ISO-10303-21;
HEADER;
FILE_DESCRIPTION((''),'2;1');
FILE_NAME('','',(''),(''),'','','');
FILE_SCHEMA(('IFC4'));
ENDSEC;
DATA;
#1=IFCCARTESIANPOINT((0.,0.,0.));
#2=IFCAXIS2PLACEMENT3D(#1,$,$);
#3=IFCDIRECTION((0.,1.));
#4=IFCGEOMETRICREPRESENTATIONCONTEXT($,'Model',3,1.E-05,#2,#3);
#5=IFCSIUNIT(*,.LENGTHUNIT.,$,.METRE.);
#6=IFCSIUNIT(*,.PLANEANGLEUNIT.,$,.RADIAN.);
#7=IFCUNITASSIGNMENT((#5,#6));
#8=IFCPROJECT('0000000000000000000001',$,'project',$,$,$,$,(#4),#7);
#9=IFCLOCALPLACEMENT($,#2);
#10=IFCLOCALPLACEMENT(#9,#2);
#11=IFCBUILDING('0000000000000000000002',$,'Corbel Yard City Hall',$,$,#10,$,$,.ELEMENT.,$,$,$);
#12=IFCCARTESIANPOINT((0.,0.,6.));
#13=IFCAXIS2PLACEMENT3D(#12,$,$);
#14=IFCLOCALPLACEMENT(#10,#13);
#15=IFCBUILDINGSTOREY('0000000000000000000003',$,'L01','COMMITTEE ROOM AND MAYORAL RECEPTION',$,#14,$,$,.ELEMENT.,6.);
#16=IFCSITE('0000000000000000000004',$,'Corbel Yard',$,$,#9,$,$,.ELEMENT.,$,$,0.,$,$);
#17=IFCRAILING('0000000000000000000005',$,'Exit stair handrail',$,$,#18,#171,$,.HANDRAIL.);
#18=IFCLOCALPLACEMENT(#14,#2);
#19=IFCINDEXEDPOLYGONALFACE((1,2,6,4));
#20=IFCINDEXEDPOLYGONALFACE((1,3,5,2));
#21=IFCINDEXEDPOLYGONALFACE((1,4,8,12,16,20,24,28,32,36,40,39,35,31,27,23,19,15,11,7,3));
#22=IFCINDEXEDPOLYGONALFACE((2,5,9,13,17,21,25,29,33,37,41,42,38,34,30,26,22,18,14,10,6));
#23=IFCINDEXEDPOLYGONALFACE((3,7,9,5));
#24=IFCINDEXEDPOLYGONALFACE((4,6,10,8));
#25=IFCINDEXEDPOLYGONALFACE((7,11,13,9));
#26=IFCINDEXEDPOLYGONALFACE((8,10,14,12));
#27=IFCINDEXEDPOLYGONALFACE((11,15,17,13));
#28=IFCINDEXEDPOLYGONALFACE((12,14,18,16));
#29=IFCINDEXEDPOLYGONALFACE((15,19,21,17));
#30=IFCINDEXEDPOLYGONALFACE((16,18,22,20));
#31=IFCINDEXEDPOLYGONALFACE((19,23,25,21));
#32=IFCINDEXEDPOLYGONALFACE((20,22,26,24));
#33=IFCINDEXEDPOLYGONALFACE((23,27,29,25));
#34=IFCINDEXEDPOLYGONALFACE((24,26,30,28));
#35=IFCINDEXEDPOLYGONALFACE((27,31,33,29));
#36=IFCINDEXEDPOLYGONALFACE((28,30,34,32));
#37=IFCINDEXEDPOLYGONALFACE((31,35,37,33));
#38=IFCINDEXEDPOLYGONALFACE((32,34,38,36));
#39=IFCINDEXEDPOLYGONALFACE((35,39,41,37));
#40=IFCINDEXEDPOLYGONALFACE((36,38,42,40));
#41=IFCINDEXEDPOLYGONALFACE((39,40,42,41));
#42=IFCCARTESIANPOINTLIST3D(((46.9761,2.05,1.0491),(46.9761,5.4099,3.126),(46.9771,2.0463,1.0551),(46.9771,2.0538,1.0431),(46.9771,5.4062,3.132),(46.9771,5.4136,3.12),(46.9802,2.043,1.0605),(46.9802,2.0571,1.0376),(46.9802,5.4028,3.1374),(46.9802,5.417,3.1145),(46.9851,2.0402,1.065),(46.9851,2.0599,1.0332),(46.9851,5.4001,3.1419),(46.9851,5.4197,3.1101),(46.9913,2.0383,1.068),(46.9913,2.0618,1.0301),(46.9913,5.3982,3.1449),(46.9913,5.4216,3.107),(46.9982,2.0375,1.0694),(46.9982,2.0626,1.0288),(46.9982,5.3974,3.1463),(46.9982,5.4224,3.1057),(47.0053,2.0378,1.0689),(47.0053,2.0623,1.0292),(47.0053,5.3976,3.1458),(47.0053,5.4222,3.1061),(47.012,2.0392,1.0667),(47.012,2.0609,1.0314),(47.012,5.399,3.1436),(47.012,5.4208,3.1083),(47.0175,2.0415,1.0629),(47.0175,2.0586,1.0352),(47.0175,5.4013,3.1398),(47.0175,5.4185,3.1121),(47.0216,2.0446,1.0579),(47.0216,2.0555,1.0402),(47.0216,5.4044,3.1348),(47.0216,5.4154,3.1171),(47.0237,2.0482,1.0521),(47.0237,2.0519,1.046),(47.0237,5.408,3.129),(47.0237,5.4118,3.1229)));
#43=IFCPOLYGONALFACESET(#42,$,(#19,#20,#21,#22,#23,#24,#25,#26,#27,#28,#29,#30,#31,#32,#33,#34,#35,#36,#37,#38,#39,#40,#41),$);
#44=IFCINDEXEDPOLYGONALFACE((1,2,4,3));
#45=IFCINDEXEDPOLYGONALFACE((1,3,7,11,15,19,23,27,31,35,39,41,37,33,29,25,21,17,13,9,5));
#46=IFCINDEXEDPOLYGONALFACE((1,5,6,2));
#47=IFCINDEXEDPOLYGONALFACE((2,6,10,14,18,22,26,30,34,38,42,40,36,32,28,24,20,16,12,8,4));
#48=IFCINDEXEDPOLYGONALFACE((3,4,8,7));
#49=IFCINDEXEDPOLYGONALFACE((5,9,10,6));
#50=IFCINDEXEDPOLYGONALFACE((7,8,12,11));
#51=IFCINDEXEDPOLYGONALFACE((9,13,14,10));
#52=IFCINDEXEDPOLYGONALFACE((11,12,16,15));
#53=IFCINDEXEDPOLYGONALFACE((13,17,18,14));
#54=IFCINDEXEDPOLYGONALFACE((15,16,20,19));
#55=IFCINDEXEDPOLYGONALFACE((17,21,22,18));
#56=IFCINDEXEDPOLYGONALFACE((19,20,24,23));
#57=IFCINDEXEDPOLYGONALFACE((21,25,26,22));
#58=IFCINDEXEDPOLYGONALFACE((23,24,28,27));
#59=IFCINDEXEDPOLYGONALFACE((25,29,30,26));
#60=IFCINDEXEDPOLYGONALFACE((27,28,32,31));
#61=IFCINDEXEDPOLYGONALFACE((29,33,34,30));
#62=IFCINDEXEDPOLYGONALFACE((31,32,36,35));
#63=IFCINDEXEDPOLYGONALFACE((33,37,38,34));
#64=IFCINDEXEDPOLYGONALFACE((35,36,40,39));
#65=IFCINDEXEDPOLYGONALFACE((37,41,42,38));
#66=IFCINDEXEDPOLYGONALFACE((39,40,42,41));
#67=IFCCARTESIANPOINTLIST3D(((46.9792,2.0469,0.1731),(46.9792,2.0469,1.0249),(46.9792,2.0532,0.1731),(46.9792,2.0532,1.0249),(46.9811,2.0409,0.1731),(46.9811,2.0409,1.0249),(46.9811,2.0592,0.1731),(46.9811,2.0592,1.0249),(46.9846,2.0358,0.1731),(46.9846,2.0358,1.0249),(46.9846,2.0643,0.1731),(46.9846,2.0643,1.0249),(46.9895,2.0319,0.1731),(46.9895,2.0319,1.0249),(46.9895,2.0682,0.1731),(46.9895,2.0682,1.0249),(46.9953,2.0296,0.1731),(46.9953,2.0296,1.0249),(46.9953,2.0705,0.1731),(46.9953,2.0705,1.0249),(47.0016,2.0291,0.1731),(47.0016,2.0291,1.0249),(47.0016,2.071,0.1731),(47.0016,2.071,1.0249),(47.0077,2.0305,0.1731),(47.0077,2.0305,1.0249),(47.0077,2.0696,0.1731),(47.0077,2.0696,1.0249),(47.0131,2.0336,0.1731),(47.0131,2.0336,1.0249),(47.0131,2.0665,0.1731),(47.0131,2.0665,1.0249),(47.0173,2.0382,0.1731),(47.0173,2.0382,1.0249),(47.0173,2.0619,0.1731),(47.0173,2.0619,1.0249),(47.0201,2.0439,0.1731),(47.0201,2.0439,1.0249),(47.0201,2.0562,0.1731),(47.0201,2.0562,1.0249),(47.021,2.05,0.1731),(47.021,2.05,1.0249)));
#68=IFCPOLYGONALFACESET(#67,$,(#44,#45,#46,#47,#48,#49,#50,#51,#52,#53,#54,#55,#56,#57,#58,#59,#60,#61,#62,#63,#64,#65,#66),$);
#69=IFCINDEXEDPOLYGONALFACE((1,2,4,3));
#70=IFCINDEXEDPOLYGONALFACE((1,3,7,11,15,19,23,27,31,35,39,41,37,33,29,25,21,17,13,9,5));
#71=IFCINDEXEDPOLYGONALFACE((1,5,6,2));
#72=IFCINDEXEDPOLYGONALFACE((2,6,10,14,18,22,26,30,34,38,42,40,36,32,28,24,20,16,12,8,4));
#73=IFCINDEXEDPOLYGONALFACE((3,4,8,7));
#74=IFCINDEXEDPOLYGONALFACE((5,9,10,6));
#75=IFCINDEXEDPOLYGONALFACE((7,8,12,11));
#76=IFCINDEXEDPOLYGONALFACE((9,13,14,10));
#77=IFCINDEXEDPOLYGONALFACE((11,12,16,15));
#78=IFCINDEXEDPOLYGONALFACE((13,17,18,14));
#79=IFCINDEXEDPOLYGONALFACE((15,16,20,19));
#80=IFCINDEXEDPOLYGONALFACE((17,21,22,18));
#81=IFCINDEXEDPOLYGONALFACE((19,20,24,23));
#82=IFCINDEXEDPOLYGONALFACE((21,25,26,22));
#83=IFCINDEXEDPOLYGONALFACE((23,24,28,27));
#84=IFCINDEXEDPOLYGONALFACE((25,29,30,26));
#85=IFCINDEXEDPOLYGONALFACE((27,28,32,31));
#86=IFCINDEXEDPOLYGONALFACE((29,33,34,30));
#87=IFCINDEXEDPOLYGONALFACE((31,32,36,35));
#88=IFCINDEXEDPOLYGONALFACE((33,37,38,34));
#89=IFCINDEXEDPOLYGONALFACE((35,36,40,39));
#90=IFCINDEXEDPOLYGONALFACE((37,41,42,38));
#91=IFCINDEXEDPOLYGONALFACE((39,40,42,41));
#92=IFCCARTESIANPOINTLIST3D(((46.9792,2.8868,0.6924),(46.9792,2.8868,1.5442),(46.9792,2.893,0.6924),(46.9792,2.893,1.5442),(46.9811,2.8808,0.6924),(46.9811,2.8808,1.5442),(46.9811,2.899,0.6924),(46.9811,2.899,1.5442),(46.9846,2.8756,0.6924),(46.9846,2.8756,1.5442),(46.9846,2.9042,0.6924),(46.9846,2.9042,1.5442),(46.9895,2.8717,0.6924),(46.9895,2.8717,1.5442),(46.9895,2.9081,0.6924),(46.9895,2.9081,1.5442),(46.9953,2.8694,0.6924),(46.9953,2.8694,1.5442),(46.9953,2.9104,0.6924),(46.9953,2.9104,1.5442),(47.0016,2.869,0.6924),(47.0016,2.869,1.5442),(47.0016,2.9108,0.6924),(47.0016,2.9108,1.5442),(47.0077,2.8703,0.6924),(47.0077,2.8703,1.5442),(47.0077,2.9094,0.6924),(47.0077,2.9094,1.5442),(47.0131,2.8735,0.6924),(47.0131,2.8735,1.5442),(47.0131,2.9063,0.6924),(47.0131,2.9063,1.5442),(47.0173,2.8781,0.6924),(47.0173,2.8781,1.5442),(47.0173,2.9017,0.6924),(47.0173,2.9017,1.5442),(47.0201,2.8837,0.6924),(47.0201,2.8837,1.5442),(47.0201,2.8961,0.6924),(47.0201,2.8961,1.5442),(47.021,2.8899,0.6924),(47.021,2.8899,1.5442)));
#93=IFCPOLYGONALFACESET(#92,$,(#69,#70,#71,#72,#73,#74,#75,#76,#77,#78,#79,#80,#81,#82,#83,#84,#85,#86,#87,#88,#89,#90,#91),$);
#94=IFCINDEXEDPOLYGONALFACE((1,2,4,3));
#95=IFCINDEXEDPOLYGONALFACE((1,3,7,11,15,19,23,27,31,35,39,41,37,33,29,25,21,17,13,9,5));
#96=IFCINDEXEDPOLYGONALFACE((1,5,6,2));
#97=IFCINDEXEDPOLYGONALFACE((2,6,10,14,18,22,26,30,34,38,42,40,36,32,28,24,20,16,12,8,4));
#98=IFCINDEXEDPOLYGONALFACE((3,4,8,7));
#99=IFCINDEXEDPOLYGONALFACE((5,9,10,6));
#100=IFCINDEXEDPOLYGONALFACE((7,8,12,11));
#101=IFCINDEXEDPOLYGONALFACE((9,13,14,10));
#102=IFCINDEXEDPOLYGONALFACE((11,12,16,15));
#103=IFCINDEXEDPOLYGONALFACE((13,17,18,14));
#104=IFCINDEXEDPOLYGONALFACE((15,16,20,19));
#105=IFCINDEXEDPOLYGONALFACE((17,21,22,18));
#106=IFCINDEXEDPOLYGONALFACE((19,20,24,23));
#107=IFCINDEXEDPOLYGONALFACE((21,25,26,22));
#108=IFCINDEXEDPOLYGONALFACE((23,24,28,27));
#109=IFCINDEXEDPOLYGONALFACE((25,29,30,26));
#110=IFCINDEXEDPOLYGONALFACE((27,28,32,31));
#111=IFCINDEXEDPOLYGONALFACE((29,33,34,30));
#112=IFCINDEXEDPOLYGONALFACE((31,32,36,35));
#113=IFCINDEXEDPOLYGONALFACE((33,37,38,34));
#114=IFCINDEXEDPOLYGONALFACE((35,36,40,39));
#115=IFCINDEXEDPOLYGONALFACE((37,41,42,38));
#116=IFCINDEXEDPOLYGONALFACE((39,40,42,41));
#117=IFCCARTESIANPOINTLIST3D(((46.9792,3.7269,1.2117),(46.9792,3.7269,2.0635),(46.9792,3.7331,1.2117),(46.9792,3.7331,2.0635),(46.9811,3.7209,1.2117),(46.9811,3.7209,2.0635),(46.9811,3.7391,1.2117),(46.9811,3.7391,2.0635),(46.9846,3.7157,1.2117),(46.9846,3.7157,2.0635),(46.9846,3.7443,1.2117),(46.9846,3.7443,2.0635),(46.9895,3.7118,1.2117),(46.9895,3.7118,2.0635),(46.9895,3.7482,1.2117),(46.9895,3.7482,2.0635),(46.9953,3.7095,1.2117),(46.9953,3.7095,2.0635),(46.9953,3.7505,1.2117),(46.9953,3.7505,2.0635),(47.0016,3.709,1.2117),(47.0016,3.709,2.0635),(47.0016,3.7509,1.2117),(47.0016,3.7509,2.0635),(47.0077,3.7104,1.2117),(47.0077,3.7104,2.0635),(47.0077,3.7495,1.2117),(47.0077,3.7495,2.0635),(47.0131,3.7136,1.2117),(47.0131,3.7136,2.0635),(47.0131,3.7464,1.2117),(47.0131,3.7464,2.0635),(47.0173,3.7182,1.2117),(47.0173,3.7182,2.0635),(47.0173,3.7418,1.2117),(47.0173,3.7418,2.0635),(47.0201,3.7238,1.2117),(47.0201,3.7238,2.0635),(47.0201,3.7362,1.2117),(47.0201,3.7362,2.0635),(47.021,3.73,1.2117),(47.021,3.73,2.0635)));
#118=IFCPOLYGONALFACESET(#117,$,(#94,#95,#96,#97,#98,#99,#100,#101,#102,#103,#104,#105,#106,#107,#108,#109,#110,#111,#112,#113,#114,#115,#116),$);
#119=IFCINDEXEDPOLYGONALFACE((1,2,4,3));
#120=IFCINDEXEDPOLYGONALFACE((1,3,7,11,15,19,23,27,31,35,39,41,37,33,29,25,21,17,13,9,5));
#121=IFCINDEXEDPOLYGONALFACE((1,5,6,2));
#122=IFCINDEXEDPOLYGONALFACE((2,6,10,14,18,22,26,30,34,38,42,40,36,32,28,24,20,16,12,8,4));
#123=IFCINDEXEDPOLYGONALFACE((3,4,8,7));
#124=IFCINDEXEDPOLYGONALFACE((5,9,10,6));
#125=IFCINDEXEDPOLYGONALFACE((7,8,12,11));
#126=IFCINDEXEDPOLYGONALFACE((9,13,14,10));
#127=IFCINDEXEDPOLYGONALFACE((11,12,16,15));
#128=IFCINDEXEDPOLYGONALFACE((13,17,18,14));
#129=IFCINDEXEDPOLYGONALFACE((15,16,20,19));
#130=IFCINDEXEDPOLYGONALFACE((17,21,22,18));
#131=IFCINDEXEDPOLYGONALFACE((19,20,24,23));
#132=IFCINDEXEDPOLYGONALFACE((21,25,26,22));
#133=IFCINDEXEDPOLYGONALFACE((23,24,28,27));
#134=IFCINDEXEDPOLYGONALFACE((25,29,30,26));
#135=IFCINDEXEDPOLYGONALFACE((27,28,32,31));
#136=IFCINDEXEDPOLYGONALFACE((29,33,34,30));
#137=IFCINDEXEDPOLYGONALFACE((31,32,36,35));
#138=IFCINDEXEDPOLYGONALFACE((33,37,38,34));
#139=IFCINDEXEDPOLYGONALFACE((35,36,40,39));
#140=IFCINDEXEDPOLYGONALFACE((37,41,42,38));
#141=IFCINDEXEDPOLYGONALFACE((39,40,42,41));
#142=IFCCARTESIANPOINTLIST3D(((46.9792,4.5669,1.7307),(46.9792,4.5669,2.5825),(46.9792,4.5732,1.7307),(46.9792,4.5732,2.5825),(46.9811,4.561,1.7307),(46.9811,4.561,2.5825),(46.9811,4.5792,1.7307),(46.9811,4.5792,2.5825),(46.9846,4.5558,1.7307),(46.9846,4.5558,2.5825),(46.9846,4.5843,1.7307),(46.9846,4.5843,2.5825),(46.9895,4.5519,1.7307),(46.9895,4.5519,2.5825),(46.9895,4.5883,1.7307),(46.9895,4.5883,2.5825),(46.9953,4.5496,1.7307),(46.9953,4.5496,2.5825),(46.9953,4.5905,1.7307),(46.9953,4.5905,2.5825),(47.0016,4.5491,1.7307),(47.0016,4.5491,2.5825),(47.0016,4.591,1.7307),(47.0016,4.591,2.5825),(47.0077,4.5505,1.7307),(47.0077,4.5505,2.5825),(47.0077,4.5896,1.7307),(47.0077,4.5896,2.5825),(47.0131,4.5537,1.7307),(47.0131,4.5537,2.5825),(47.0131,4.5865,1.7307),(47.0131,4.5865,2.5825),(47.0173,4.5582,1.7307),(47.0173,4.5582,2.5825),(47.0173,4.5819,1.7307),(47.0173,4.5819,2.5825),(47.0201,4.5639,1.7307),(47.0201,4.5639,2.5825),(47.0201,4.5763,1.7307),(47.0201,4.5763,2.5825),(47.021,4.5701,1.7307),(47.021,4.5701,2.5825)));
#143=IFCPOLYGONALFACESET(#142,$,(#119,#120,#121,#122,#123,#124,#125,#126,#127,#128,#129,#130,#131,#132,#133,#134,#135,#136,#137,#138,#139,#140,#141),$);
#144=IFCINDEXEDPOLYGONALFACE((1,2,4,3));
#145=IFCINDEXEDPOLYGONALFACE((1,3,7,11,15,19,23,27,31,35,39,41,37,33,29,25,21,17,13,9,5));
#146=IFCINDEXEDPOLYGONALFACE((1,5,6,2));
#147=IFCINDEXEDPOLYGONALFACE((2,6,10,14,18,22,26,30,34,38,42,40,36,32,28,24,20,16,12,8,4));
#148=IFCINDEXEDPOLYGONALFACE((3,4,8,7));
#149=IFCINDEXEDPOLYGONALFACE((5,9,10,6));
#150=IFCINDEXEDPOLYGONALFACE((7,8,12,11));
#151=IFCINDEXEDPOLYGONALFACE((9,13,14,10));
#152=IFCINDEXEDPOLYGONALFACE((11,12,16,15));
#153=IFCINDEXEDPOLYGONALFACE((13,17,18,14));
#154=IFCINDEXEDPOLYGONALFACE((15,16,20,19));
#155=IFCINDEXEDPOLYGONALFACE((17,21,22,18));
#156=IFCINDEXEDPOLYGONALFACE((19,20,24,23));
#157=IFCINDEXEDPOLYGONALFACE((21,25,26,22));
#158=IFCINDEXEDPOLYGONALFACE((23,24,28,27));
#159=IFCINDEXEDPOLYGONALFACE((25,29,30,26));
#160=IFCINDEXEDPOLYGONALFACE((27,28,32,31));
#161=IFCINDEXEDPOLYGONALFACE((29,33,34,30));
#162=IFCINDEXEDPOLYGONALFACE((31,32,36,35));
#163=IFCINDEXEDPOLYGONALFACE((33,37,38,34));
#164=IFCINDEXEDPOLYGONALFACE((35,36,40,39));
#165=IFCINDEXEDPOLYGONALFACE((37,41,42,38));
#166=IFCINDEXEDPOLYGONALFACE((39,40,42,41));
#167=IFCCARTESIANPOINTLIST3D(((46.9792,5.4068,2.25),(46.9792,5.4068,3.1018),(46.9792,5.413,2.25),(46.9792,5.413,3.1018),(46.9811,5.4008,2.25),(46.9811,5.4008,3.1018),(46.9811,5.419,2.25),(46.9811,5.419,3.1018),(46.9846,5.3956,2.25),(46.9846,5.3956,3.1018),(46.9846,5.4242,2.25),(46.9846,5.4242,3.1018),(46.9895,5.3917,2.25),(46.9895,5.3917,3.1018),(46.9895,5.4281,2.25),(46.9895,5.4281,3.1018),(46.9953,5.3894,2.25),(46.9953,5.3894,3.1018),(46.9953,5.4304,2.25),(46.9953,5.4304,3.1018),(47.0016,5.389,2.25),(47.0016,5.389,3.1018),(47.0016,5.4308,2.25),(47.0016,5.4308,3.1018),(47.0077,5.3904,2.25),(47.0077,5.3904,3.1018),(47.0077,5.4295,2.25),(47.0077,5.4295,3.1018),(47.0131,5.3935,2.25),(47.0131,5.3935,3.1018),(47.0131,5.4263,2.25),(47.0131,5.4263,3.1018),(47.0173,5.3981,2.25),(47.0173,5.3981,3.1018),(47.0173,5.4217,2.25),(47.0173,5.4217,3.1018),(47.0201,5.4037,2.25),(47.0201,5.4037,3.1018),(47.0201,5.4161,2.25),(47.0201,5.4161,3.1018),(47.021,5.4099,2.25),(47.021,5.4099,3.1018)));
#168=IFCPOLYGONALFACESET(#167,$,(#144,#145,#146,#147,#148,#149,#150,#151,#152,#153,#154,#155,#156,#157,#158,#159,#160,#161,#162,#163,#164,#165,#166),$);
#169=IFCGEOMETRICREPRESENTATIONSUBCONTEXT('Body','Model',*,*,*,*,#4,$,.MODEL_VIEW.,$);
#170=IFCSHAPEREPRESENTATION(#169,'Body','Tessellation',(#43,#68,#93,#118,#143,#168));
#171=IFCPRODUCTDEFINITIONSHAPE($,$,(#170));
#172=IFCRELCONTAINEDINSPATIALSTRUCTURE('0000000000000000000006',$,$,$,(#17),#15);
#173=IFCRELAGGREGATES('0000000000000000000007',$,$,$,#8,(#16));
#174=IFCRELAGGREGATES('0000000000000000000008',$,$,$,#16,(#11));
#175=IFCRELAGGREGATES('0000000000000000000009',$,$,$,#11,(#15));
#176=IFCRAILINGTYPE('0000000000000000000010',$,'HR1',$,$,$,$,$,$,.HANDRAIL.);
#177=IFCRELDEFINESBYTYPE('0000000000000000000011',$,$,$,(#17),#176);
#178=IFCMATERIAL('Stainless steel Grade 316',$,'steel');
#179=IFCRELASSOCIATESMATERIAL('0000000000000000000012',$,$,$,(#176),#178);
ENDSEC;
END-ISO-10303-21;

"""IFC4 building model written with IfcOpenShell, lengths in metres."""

from ifc_helpers import new_model, si_unit, direction, frame, origin, origin_2d, place, context, subcontext, project, spatial, circle, extrude, material, type_object, element, save


model = new_model("IFC4")

# Units and contexts
model_context = context("Model", 3, precision=1e-05, world=origin(), true_north=direction((0.0, 1.0)))
body_context = subcontext(model_context, "Body", "Model", "MODEL_VIEW")
ifc_project = project(units=[si_unit("LENGTHUNIT", "METRE"), si_unit("PLANEANGLEUNIT", "RADIAN")], contexts=[model_context])

# Site, building, storey
site_placement = place(None, origin())
site = spatial("IfcSite", under=ifc_project, at=site_placement, Name="Corbel Yard", CompositionType="ELEMENT", RefElevation=0.0)
building_placement = place(site_placement, origin())
building = spatial("IfcBuilding", under=site, at=building_placement, Name="Corbel Yard City Hall", CompositionType="ELEMENT")
storey_placement = place(building_placement, frame((0.0, 0.0, 6.0)))
storey = spatial("IfcBuildingStorey", under=building, at=storey_placement, Name="L01", Description="COMMITTEE ROOM AND MAYORAL RECEPTION", CompositionType="ELEMENT", Elevation=6.0)

# Shared definitions
ifc_material_1 = material(Name="Stainless steel Grade 316", Category="steel")

# Railing
railing_type = type_object("IfcRailingType", Name="HR1", PredefinedType="HANDRAIL", material=ifc_material_1)
for number, where, name in (
    (1, (47.0, 2.05, 0.1731), "Exit stair handrail"),
):
    element("IfcRailing", number, at=place(storey_placement, frame(where)), inside=storey, type_object=railing_type, Name=name, PredefinedType="HANDRAIL", context=body_context, shape_type="SweptSolid", body=[
        extrude(circle(Radius=0.0239, at=origin_2d()), frame((0.0, 0.0, 0.876), z_axis=(0.0, 0.850606, 0.525803), x_axis=(-1.0, 0.0, 0.0)), (0.0, 0.0, 1.0), 3.95),
        extrude(circle(Radius=0.021, at=origin_2d()), origin(), (0.0, 0.0, 1.0), 0.8518),
        extrude(circle(Radius=0.021, at=origin_2d()), frame((0.0, 0.8398, 0.5193)), (0.0, 0.0, 1.0), 0.8518),
        extrude(circle(Radius=0.021, at=origin_2d()), frame((0.0, 1.6799, 1.0386)), (0.0, 0.0, 1.0), 0.8518),
        extrude(circle(Radius=0.021, at=origin_2d()), frame((0.0, 2.52, 1.5576)), (0.0, 0.0, 1.0), 0.8518),
        extrude(circle(Radius=0.021, at=origin_2d()), frame((0.0, 3.3599, 2.0769)), (0.0, 0.0, 1.0), 0.8518),
    ])

save(model, "model.ifc")
